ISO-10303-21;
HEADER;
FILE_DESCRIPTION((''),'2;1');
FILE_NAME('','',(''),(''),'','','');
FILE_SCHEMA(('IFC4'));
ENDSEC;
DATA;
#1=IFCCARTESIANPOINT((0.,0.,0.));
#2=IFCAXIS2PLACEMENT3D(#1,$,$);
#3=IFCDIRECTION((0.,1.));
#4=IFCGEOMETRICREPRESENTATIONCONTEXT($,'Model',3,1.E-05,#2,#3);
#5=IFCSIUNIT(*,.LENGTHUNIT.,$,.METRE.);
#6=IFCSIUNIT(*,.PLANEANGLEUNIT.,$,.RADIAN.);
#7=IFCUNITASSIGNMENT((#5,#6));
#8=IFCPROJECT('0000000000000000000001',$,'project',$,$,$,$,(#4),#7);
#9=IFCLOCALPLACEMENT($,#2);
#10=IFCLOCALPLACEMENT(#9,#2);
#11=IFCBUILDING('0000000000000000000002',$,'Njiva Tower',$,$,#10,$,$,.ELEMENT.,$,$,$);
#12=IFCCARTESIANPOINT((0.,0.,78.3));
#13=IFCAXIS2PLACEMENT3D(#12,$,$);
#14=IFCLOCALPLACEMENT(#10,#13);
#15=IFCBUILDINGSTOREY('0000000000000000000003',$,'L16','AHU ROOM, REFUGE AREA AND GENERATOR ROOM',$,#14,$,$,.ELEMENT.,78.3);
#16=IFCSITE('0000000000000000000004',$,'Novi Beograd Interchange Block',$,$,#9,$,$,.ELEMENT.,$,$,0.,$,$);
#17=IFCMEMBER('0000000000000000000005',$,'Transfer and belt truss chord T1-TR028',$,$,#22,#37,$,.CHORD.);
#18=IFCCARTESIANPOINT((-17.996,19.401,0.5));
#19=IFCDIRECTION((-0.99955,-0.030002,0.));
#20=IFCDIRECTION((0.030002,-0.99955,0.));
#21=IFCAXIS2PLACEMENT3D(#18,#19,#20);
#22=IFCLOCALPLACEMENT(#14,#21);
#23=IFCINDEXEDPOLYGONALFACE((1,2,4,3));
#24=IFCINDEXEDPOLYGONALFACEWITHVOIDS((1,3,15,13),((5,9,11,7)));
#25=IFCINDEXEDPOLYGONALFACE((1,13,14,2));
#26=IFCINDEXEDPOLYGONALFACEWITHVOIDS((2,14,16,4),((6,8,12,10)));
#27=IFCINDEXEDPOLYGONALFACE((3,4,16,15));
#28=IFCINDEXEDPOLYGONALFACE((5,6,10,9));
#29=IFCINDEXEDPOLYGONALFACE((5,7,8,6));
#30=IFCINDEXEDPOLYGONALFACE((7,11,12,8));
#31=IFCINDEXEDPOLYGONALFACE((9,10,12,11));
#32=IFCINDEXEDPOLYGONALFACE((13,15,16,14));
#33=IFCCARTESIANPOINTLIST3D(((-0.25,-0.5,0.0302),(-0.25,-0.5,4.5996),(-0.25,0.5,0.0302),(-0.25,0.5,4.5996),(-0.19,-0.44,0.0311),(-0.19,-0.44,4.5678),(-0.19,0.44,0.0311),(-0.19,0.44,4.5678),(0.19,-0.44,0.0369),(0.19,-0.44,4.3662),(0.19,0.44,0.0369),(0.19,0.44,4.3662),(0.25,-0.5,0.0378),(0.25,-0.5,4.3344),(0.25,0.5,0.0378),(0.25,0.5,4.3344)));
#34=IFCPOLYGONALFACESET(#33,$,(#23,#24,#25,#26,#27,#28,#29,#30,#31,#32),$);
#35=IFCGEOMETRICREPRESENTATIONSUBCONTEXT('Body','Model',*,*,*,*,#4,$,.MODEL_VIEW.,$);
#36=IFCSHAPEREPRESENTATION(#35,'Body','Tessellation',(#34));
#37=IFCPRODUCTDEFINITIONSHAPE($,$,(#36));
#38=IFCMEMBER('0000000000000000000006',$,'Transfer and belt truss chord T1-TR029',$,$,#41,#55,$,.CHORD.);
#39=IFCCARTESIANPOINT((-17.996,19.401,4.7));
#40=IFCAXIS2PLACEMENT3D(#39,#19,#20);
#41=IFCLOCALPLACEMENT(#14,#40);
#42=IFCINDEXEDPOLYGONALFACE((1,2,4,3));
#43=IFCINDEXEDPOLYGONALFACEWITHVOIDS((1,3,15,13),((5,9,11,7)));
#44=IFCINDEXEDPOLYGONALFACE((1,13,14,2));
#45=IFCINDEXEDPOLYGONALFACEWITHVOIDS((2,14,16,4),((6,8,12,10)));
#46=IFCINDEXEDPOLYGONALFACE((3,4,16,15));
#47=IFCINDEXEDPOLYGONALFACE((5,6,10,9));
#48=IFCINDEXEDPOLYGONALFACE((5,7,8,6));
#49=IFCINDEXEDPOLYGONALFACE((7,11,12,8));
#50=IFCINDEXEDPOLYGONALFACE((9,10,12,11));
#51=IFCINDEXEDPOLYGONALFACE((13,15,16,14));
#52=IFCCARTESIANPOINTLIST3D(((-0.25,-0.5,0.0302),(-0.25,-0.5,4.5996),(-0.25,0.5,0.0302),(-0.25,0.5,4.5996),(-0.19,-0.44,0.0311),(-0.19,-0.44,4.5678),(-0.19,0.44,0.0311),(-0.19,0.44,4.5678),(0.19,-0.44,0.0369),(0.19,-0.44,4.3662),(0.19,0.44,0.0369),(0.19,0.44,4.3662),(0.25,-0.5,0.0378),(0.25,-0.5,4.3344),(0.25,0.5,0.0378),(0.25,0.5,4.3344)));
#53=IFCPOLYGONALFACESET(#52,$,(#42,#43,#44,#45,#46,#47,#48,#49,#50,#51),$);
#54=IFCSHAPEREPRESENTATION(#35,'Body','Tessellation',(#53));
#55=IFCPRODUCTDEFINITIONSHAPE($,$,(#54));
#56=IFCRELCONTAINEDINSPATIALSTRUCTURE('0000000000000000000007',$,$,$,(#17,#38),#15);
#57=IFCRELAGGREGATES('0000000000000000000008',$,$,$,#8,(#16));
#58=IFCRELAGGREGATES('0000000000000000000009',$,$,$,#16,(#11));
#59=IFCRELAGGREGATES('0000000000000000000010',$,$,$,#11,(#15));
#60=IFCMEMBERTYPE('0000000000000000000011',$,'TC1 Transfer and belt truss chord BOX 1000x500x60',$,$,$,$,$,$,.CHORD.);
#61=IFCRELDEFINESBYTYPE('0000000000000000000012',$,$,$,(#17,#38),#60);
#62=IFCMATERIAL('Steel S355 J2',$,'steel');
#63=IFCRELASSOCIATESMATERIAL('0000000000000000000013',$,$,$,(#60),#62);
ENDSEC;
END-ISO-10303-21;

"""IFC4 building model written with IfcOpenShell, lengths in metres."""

from ifc_helpers import new_model, si_unit, direction, frame, origin, origin_2d, place, context, subcontext, project, spatial, hollow_rectangle, extrude, clip, halfspace, material, material_profile, profile_set, type_object, element, save


model = new_model("IFC4")

# Units and contexts
model_context = context("Model", 3, precision=1e-05, world=origin(), true_north=direction((0.0, 1.0)))
body_context = subcontext(model_context, "Body", "Model", "MODEL_VIEW")
ifc_project = project(units=[si_unit("LENGTHUNIT", "METRE"), si_unit("PLANEANGLEUNIT", "RADIAN")], contexts=[model_context])

# Site, building, storey
site_placement = place(None, origin())
site = spatial("IfcSite", under=ifc_project, at=site_placement, Name="Novi Beograd Interchange Block", CompositionType="ELEMENT", RefElevation=0.0)
building_placement = place(site_placement, origin())
building = spatial("IfcBuilding", under=site, at=building_placement, Name="Njiva Tower", CompositionType="ELEMENT")
storey_placement = place(building_placement, frame((0.0, 0.0, 78.3)))
storey = spatial("IfcBuildingStorey", under=building, at=storey_placement, Name="L16", Description="AHU ROOM, REFUGE AREA AND GENERATOR ROOM", CompositionType="ELEMENT", Elevation=78.3)

# Shared definitions
ifc_material_1 = material(Name="Steel S355 J2", Category="steel")

# Members
ifc_material_profile_1 = material_profile(ifc_material_1, hollow_rectangle(XDim=0.5, YDim=1.0, WallThickness=0.06, at=origin_2d()), Name="BOX 1000x500x60")
ifc_profile_set_1 = profile_set([ifc_material_profile_1], Name="Steel S355 J2")
member_type_1 = type_object("IfcMemberType", Name="TC1 Transfer and belt truss chord BOX 1000x500x60", PredefinedType="CHORD", material=ifc_profile_set_1)
member_1_placement = place(storey_placement, frame((-17.996, 19.401, 0.5), z_axis=(-0.99955, -0.030002, 0.0), x_axis=(0.030002, -0.99955, 0.0)))
element("IfcMember", 1, at=member_1_placement, inside=storey, type_object=member_type_1, Name="Transfer and belt truss chord T1-TR028", PredefinedType="CHORD", context=body_context, shape_type="Clipping", body=[
    clip(clip(extrude(hollow_rectangle(XDim=0.5, YDim=1.0, WallThickness=0.06, at=origin_2d()), origin(), (0.0, 0.0, 1.0), 4.63), halfspace(frame((0.0, -78.8, 0.034), z_axis=(0.015006, 0.0, -0.999887), x_axis=(0.0, -1.0, 0.0)), False)), halfspace(frame((0.0, -78.8, 4.467), z_axis=(0.468607, 0.0, 0.883407), x_axis=(0.0, 1.0, 0.0)), False)),
])
member_2_placement = place(storey_placement, frame((-17.996, 19.401, 4.7), z_axis=(-0.99955, -0.030002, 0.0), x_axis=(0.030002, -0.99955, 0.0)))
element("IfcMember", 2, at=member_2_placement, inside=storey, type_object=member_type_1, Name="Transfer and belt truss chord T1-TR029", PredefinedType="CHORD", context=body_context, shape_type="Clipping", body=[
    clip(clip(extrude(hollow_rectangle(XDim=0.5, YDim=1.0, WallThickness=0.06, at=origin_2d()), origin(), (0.0, 0.0, 1.0), 4.63), halfspace(frame((0.0, -83.0, 0.034), z_axis=(0.015006, 0.0, -0.999887), x_axis=(0.0, -1.0, 0.0)), False)), halfspace(frame((0.0, -83.0, 4.467), z_axis=(0.468607, 0.0, 0.883407), x_axis=(0.0, 1.0, 0.0)), False)),
])

save(model, "model.ifc")
